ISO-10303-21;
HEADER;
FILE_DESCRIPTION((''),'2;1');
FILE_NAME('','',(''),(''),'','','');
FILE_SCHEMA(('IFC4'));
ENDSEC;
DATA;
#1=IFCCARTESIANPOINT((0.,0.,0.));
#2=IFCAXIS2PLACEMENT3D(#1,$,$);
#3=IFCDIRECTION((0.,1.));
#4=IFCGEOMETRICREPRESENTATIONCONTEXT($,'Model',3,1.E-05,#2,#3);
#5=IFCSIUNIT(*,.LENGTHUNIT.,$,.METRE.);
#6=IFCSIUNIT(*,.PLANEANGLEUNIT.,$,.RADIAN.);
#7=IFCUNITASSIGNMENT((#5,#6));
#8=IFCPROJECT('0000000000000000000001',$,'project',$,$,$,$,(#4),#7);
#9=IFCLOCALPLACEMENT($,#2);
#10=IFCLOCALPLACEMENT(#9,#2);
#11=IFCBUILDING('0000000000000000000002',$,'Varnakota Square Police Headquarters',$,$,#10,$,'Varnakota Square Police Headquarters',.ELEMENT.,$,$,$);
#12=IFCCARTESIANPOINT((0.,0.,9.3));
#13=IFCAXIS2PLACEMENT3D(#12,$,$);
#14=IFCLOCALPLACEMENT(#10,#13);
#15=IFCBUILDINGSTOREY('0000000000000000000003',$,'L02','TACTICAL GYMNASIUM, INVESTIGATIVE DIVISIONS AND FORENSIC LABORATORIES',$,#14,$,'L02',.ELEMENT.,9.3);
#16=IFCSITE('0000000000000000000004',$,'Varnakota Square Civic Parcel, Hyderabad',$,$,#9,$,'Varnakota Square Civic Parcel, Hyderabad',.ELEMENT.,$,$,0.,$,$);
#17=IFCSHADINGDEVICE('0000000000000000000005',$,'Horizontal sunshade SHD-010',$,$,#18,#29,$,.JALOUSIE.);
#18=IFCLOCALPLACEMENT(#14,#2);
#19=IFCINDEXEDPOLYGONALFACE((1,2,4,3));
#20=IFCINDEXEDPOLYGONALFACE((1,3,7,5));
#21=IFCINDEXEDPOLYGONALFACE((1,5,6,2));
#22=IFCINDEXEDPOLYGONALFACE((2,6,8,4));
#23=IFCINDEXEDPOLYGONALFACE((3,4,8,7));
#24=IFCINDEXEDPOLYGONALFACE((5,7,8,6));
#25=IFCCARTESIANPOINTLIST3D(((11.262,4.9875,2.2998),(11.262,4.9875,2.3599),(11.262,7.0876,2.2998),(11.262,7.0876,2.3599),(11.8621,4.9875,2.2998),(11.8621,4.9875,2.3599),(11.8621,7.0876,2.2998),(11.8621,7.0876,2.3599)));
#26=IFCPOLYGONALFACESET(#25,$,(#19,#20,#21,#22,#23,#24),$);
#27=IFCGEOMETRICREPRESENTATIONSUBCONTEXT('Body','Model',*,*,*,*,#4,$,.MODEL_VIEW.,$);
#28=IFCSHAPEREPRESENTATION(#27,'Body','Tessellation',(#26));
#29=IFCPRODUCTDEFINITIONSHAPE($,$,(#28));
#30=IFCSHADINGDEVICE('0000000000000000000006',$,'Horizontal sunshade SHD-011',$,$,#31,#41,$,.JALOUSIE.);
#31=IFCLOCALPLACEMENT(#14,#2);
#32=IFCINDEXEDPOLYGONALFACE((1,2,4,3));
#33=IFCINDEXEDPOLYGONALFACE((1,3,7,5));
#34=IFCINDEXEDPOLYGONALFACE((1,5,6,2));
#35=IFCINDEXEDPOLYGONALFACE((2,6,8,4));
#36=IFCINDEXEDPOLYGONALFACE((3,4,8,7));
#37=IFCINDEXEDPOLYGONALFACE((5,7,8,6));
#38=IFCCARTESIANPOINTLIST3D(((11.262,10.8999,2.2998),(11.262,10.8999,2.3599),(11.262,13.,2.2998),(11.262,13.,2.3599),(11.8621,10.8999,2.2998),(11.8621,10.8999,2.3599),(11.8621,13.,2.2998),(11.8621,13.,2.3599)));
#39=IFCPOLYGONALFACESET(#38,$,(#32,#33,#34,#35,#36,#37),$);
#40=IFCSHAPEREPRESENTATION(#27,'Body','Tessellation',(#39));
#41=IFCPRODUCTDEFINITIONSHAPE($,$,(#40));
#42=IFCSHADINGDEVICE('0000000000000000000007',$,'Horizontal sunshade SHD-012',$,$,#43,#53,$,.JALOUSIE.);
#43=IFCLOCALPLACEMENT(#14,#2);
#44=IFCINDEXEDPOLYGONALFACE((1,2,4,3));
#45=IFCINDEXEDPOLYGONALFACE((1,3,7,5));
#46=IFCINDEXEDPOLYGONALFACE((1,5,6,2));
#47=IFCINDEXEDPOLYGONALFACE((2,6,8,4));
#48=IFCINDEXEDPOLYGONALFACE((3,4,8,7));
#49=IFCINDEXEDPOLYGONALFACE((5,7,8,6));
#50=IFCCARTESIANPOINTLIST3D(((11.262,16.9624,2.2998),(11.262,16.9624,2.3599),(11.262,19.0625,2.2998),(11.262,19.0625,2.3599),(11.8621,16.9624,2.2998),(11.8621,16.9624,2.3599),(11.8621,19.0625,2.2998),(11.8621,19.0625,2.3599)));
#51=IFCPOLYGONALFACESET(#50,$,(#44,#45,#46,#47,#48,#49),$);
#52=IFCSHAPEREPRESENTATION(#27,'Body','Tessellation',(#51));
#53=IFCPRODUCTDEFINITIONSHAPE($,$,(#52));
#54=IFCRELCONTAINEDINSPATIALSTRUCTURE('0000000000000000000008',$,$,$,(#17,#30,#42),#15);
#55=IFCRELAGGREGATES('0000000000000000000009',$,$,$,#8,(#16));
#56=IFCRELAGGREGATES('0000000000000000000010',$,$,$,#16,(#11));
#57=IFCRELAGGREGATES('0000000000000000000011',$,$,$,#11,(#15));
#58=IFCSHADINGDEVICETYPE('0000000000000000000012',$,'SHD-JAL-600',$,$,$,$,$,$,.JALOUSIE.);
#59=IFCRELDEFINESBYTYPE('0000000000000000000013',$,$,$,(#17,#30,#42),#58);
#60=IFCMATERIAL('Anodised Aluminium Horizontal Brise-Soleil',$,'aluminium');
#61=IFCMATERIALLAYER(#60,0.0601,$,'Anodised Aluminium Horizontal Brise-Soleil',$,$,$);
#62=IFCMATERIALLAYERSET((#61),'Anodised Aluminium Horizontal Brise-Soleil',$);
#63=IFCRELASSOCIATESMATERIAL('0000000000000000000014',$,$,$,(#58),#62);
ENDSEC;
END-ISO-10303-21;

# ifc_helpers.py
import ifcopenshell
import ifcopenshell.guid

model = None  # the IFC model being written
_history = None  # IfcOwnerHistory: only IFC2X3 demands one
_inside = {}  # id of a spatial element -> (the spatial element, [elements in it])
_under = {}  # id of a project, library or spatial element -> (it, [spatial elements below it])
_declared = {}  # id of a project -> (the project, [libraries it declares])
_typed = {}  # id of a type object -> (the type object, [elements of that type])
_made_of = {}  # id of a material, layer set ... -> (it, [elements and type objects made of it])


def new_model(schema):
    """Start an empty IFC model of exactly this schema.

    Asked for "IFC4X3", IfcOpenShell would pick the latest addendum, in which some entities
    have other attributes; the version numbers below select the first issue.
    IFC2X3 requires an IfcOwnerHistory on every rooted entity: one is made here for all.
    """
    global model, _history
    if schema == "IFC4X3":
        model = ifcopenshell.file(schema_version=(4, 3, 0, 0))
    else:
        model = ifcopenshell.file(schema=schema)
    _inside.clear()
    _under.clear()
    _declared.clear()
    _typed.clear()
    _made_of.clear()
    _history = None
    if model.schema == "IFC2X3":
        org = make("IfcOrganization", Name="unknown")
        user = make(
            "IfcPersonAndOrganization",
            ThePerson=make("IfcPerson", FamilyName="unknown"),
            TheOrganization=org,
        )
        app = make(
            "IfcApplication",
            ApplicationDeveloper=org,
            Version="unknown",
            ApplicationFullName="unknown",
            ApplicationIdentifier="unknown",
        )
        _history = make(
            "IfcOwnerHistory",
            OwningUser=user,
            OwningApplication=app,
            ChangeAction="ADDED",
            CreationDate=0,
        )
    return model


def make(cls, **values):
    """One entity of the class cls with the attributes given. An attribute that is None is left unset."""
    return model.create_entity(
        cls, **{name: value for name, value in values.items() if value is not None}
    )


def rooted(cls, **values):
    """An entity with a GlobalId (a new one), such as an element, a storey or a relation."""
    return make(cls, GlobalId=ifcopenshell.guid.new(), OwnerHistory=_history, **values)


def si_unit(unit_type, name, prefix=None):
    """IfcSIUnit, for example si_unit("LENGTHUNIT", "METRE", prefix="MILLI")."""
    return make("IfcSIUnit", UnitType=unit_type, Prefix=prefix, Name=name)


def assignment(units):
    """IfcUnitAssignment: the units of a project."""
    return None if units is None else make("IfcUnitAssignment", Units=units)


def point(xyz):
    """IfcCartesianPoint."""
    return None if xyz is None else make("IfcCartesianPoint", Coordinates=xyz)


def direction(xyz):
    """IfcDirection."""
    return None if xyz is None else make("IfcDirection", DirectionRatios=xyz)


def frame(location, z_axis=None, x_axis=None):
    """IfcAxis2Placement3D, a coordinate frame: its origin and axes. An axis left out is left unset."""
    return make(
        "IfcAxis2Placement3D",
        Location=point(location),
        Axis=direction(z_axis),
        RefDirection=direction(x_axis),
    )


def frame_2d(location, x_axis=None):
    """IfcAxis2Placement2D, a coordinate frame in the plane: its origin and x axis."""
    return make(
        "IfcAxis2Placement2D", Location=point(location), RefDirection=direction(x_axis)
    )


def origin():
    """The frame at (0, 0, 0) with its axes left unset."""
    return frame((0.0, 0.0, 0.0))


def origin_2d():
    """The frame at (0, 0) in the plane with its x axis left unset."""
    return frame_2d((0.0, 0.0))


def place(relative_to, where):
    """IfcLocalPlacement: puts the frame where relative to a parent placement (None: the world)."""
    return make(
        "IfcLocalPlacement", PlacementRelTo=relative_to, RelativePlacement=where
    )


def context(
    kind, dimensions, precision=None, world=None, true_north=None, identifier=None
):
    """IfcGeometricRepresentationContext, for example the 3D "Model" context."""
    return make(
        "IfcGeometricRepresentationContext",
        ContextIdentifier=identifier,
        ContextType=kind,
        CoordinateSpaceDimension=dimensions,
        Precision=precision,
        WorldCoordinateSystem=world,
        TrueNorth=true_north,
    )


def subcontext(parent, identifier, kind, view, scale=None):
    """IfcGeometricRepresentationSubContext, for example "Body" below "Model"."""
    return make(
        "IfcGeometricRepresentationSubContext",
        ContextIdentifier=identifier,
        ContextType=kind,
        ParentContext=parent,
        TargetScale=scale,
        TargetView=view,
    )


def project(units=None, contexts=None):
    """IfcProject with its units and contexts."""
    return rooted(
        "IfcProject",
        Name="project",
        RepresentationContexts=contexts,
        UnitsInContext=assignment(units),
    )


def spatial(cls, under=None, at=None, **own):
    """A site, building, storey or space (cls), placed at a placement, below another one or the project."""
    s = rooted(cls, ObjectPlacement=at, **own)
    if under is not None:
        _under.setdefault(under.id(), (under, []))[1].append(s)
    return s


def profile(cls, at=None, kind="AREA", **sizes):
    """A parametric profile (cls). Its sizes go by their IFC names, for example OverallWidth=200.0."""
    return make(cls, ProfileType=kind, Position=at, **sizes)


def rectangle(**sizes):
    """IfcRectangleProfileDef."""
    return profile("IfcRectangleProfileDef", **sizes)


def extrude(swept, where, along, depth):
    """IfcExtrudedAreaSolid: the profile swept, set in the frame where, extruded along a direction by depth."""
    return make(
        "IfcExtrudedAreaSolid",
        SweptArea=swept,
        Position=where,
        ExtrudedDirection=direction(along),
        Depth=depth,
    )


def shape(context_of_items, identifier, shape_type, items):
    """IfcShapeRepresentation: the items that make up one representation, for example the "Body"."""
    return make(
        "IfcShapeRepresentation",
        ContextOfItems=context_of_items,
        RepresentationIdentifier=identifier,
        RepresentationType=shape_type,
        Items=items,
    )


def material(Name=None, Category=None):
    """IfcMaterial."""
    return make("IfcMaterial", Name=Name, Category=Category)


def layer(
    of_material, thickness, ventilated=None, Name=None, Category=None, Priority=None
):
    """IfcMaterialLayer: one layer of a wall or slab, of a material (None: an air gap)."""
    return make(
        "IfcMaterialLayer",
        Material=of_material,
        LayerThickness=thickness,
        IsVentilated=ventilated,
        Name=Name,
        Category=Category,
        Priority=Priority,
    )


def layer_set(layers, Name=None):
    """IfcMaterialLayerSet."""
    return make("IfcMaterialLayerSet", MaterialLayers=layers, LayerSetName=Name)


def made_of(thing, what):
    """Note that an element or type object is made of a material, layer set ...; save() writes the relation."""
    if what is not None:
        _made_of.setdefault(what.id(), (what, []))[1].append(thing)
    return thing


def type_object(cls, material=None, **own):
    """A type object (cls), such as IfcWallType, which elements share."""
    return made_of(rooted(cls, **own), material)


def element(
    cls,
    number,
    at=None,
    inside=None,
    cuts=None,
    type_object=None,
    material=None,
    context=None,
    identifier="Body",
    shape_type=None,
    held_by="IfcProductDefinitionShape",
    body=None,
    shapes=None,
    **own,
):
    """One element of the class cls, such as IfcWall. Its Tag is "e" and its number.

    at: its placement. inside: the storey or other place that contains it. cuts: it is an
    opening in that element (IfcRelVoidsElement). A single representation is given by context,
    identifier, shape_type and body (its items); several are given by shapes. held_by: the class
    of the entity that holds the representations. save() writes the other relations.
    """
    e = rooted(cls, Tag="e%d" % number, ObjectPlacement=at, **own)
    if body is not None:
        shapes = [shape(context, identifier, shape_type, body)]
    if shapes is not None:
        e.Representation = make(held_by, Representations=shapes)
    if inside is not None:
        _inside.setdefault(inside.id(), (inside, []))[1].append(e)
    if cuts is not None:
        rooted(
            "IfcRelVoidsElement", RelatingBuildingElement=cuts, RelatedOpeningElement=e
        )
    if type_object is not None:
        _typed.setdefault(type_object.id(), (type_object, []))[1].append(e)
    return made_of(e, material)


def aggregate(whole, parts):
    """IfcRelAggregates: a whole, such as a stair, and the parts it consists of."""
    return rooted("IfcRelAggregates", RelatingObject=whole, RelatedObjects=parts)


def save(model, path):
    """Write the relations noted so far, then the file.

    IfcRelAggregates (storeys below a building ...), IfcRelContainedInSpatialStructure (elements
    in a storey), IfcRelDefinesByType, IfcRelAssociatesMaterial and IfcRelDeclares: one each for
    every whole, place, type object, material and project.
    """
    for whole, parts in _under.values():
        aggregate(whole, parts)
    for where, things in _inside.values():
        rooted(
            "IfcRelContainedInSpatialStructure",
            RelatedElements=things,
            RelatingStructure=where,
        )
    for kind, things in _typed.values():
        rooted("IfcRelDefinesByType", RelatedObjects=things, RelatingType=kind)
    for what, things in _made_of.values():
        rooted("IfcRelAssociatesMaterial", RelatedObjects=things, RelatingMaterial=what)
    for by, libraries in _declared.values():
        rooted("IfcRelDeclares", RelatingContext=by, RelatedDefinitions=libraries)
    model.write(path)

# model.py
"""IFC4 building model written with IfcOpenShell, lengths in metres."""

from ifc_helpers import new_model, si_unit, direction, frame, origin, origin_2d, place, context, subcontext, project, spatial, rectangle, extrude, material, layer, layer_set, type_object, element, save


model = new_model("IFC4")

# Units and contexts
model_context = context("Model", 3, precision=1e-05, world=origin(), true_north=direction((0.0, 1.0)))
body_context = subcontext(model_context, "Body", "Model", "MODEL_VIEW")
ifc_project = project(units=[si_unit("LENGTHUNIT", "METRE"), si_unit("PLANEANGLEUNIT", "RADIAN")], contexts=[model_context])

# Site, building, storey
site_placement = place(None, origin())
site = spatial("IfcSite", under=ifc_project, at=site_placement, Name="Varnakota Square Civic Parcel, Hyderabad", LongName="Varnakota Square Civic Parcel, Hyderabad", CompositionType="ELEMENT", RefElevation=0.0)
building_placement = place(site_placement, origin())
building = spatial("IfcBuilding", under=site, at=building_placement, Name="Varnakota Square Police Headquarters", LongName="Varnakota Square Police Headquarters", CompositionType="ELEMENT")
storey_placement = place(building_placement, frame((0.0, 0.0, 9.3)))
storey = spatial("IfcBuildingStorey", under=building, at=storey_placement, Name="L02", Description="TACTICAL GYMNASIUM, INVESTIGATIVE DIVISIONS AND FORENSIC LABORATORIES", LongName="L02", CompositionType="ELEMENT", Elevation=9.3)

# Shading devices
ifc_material_1 = material(Name="Anodised Aluminium Horizontal Brise-Soleil", Category="aluminium")
ifc_layer_1 = layer(ifc_material_1, 0.0601, Name="Anodised Aluminium Horizontal Brise-Soleil")
ifc_layer_set_1 = layer_set([ifc_layer_1], Name="Anodised Aluminium Horizontal Brise-Soleil")
shading_device_type = type_object("IfcShadingDeviceType", Name="SHD-JAL-600", PredefinedType="JALOUSIE", material=ifc_layer_set_1)
for number, where, z_axis, x_axis, name in (
    (1, (11.562, 6.0376, 2.2998), (0.0, 0.0, 1.0), (0.0, 1.0, 0.0), "Horizontal sunshade SHD-010"),
    (2, (11.562, 11.95, 2.2998), (0.0, 0.0, 1.0), (0.0, 1.0, 0.0), "Horizontal sunshade SHD-011"),
    (3, (11.562, 18.0125, 2.2998), (0.0, 0.0, 1.0), (0.0, 1.0, 0.0), "Horizontal sunshade SHD-012"),
):
    element("IfcShadingDevice", number, at=place(storey_placement, frame(where, z_axis=z_axis, x_axis=x_axis)), inside=storey, type_object=shading_device_type, Name=name, PredefinedType="JALOUSIE", context=body_context, shape_type="SweptSolid", body=[
        extrude(rectangle(XDim=2.1001, YDim=0.6001, at=origin_2d()), origin(), (0.0, 0.0, 1.0), 0.0601),
    ])

save(model, "model.ifc")
